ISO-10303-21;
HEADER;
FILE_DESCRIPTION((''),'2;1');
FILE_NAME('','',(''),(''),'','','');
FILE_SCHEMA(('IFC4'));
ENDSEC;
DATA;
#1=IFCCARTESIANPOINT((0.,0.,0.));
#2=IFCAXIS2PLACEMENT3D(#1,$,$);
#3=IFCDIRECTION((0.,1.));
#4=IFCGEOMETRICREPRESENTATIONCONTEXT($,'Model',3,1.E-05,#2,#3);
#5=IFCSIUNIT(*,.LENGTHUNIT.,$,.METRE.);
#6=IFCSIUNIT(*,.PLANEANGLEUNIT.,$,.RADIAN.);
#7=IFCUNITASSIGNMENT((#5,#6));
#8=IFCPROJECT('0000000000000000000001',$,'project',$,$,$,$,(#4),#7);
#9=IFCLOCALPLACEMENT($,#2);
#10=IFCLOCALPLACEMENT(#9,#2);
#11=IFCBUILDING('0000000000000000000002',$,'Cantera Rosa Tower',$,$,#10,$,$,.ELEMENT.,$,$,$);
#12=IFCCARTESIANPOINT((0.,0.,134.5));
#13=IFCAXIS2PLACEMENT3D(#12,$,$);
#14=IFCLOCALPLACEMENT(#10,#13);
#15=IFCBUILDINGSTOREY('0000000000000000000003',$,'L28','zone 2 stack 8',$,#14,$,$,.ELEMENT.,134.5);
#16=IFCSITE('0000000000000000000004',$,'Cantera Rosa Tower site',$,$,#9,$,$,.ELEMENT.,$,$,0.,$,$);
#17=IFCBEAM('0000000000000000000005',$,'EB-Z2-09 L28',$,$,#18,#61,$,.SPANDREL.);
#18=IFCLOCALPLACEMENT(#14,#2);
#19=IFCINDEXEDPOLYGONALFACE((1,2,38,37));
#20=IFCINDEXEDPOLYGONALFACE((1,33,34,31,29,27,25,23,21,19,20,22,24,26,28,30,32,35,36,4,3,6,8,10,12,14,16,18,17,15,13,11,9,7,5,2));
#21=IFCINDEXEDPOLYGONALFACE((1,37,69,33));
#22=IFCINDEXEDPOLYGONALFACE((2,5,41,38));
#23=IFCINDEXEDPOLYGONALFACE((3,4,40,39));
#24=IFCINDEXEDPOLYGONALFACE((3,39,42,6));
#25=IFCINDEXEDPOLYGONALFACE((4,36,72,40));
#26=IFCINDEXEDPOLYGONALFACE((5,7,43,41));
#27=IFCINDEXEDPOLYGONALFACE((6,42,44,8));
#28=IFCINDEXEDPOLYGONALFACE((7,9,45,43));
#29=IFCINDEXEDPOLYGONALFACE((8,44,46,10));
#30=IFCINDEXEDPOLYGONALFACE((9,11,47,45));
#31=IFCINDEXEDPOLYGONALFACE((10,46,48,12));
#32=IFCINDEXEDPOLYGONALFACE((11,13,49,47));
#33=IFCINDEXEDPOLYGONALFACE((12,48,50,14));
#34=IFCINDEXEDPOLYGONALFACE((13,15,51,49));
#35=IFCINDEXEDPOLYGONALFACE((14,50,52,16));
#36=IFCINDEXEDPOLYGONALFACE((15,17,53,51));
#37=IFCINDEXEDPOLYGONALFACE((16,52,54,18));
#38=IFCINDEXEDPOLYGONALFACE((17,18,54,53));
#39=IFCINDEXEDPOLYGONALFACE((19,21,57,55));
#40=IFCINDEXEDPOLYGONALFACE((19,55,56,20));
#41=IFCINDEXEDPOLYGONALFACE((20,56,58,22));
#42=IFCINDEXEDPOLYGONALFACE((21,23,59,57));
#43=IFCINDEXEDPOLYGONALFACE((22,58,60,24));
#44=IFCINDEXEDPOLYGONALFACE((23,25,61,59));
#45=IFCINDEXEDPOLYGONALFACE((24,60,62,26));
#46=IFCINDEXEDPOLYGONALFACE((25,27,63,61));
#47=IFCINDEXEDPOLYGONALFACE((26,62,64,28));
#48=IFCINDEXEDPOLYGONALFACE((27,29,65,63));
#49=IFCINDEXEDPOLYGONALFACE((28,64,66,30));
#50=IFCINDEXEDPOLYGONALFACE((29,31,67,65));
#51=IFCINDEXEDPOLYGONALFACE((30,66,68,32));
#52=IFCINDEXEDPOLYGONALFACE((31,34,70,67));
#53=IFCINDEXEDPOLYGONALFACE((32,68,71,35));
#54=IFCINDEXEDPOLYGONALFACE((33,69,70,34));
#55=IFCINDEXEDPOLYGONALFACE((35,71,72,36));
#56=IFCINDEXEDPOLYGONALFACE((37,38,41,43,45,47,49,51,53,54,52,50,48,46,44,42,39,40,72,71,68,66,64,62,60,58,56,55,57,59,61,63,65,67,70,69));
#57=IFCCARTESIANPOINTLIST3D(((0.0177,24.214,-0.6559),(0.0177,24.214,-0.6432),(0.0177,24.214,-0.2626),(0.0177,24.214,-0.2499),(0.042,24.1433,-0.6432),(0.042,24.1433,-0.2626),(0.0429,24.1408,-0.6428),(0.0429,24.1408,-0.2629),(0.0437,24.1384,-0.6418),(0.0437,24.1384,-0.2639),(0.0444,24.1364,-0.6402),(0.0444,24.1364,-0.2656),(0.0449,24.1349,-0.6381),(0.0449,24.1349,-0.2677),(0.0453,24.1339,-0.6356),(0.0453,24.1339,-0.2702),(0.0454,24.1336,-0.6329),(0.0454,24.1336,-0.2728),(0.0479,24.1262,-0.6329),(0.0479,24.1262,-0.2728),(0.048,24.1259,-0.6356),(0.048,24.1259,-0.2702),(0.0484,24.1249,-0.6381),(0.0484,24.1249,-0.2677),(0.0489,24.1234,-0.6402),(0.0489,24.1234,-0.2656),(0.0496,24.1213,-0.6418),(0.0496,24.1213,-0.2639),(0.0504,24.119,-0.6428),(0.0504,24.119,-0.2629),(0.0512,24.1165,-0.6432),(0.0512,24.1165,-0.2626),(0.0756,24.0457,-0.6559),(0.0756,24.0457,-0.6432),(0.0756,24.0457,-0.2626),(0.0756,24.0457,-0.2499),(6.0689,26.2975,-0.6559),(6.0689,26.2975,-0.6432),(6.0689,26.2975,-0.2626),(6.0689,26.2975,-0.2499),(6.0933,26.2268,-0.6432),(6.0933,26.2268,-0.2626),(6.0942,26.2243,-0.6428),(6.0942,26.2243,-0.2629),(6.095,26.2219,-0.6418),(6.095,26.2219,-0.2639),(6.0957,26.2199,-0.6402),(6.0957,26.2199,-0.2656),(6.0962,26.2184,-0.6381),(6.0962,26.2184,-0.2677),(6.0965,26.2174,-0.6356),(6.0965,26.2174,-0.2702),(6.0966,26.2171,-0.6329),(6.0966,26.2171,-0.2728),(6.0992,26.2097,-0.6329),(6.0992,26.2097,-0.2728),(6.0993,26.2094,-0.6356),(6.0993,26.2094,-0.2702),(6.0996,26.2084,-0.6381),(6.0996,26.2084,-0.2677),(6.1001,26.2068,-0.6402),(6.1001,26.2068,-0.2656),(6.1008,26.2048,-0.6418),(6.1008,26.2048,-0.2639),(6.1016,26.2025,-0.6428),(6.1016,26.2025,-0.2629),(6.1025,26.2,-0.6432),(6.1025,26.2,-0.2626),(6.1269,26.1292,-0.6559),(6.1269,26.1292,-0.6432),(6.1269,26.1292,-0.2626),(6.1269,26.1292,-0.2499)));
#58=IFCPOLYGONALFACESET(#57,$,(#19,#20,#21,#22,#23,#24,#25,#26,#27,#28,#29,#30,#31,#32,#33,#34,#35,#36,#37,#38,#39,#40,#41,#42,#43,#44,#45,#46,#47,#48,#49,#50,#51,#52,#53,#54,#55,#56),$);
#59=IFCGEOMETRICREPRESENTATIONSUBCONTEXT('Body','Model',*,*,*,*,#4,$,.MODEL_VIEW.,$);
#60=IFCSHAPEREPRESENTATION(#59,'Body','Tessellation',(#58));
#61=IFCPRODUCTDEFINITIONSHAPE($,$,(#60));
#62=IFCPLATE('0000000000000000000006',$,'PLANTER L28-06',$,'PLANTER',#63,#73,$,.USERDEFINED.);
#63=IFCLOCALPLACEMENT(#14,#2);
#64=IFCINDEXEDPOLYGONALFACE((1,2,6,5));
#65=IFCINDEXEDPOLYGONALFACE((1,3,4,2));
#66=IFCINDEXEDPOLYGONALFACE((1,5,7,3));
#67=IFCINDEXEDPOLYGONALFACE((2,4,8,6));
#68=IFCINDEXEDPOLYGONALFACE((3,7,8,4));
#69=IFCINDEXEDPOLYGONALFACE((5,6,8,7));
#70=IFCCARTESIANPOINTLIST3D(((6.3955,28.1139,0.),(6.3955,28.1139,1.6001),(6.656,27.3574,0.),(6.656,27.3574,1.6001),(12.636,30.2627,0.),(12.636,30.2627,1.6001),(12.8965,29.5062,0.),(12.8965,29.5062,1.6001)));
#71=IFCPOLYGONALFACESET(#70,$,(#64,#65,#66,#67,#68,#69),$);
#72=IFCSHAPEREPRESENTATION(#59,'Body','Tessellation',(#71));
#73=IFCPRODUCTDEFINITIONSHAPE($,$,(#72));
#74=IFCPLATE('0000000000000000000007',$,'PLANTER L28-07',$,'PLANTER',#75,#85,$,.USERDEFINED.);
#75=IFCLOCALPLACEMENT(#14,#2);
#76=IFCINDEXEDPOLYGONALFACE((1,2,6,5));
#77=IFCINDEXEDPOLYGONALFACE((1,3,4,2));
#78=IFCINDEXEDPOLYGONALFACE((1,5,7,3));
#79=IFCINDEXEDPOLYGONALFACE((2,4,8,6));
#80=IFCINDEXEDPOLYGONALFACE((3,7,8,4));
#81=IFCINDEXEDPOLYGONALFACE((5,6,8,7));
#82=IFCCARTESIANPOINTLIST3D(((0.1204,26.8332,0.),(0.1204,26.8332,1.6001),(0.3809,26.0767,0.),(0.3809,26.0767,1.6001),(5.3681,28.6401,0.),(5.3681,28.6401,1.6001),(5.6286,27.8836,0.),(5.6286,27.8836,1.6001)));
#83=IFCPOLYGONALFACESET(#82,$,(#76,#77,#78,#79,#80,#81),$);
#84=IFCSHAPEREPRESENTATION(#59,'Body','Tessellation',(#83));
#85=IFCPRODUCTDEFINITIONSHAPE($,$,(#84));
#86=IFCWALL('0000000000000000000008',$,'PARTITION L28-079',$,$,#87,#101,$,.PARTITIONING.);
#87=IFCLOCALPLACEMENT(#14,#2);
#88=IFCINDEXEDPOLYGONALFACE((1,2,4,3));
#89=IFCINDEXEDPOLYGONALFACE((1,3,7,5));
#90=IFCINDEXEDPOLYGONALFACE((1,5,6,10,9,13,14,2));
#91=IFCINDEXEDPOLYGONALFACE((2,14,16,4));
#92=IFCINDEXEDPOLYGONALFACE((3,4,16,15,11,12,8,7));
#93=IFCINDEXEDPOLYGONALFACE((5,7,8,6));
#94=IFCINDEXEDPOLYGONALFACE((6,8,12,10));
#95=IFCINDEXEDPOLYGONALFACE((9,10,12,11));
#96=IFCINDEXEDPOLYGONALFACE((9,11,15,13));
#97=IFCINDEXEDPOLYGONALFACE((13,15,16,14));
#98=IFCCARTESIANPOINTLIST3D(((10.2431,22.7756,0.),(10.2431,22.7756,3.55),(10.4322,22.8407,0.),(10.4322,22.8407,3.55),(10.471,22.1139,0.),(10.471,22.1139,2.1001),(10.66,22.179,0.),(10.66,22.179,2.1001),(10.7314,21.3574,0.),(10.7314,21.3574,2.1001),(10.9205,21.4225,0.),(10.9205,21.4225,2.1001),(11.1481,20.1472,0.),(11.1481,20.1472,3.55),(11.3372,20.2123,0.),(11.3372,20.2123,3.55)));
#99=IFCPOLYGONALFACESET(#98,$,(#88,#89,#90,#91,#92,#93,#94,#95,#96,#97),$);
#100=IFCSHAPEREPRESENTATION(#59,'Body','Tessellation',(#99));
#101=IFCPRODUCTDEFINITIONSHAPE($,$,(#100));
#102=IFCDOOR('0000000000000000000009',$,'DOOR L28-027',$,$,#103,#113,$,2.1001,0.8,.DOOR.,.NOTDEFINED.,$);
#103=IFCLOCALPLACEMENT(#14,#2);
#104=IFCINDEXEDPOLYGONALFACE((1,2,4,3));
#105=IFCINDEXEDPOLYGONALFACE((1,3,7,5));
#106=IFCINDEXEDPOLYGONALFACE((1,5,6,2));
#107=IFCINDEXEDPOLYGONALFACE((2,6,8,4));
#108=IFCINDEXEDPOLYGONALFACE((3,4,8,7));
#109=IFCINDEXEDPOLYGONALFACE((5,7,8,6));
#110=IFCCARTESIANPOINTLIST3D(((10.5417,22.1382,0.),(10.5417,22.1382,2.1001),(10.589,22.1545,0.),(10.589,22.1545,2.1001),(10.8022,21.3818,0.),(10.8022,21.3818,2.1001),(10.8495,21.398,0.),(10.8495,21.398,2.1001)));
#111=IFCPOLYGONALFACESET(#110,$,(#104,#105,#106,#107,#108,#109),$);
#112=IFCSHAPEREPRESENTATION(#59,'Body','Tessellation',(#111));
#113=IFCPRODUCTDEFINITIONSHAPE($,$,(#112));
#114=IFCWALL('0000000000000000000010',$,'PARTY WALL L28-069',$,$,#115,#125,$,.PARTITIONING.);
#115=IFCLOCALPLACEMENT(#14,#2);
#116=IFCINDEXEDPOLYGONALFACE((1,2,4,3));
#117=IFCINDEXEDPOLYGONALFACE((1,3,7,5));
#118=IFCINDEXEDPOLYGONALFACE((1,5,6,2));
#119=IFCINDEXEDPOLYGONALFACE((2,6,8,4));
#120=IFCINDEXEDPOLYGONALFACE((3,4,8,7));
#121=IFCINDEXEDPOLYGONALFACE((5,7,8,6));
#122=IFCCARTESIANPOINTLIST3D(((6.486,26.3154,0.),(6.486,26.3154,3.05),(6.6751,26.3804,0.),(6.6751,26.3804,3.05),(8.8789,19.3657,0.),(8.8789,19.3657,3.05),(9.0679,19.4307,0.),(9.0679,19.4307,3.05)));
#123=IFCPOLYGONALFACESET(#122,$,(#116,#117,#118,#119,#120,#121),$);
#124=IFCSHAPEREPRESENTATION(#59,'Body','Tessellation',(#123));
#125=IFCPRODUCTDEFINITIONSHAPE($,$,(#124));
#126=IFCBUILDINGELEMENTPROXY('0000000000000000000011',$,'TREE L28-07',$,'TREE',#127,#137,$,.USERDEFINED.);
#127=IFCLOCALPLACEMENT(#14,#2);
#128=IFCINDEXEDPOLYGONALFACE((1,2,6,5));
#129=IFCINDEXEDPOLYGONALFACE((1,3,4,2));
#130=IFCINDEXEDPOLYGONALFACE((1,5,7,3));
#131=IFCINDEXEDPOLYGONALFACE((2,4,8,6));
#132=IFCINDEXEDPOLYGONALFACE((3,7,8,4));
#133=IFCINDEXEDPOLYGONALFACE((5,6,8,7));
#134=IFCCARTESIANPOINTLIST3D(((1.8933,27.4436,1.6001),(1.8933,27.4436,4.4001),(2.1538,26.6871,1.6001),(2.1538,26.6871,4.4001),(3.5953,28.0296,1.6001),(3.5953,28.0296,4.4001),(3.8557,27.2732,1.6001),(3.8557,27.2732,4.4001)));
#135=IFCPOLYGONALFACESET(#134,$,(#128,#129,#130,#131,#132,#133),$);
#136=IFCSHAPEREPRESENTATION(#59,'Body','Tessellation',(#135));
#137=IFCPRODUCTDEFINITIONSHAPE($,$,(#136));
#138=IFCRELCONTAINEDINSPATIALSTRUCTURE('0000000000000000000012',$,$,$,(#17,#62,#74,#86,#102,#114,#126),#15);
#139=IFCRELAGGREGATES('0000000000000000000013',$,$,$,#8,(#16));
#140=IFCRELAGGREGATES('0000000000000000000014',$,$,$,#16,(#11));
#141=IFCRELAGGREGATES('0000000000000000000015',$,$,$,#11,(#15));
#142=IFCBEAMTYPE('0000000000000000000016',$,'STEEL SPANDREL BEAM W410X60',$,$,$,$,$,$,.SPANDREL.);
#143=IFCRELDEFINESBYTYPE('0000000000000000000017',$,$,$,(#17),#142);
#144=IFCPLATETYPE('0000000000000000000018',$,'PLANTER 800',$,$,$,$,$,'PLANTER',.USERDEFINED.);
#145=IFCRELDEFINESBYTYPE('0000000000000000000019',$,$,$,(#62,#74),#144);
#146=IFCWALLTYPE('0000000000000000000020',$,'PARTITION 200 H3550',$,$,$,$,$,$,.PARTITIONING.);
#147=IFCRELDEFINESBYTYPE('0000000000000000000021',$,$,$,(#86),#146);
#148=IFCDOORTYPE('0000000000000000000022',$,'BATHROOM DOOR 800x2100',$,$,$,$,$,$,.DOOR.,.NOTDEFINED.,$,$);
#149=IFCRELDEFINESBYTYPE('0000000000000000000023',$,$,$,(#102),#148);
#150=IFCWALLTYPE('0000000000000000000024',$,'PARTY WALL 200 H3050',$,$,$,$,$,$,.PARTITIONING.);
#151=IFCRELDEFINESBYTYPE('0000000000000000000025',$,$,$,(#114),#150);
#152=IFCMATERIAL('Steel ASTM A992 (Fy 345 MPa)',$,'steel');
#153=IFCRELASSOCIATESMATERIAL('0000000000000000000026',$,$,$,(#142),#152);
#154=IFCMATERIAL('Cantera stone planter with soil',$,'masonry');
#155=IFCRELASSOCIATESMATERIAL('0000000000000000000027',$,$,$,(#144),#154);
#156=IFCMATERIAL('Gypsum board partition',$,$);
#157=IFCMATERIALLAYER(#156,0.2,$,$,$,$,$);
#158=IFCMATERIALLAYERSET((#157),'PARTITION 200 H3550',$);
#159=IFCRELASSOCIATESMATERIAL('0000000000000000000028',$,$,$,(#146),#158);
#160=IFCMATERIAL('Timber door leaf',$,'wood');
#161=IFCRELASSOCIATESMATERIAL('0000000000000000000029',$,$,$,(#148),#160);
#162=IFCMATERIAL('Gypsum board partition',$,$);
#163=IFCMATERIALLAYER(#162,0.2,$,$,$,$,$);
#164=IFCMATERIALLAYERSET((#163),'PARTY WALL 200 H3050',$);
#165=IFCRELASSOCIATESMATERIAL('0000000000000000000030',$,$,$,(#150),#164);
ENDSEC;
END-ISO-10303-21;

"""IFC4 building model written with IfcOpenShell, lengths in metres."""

from ifc_helpers import new_model, si_unit, direction, frame, frame_2d, origin, origin_2d, place, context, subcontext, project, spatial, rectangle, i_section, extrude, material, layer, layer_set, material_profile, profile_set, type_object, element, fill, save


model = new_model("IFC4")

# Units and contexts
model_context = context("Model", 3, precision=1e-05, world=origin(), true_north=direction((0.0, 1.0)))
body_context = subcontext(model_context, "Body", "Model", "MODEL_VIEW")
ifc_project = project(units=[si_unit("LENGTHUNIT", "METRE"), si_unit("PLANEANGLEUNIT", "RADIAN")], contexts=[model_context])

# Site, building, storey
site_placement = place(None, origin())
site = spatial("IfcSite", under=ifc_project, at=site_placement, Name="Cantera Rosa Tower site", CompositionType="ELEMENT", RefElevation=0.0)
building_placement = place(site_placement, origin())
building = spatial("IfcBuilding", under=site, at=building_placement, Name="Cantera Rosa Tower", CompositionType="ELEMENT")
storey_placement = place(building_placement, frame((0.0, 0.0, 134.5)))
storey = spatial("IfcBuildingStorey", under=building, at=storey_placement, Name="L28", Description="zone 2 stack 8", CompositionType="ELEMENT", Elevation=134.5)

# Beam
ifc_material_1 = material(Name="Steel ASTM A992 (Fy 345 MPa)", Category="steel")
ifc_material_profile_1 = material_profile(ifc_material_1, i_section(OverallWidth=0.178, OverallDepth=0.406, WebThickness=0.0078, FlangeThickness=0.0127, FilletRadius=0.0103, at=origin_2d()), Name="W410X60")
ifc_profile_set_1 = profile_set([ifc_material_profile_1], Name="Steel ASTM A992 (Fy 345 MPa)")
beam_type_1 = type_object("IfcBeamType", Name="STEEL SPANDREL BEAM W410X60", PredefinedType="SPANDREL", material=ifc_profile_set_1)
beam_1_placement = place(storey_placement, frame((6.0979, 26.2134, -0.4529), z_axis=(-0.945524, -0.325551, 0.0), x_axis=(0.325551, -0.945524, 0.0)))
element("IfcBeam", 1, at=beam_1_placement, inside=storey, type_object=beam_type_1, Name="EB-Z2-09 L28", PredefinedType="SPANDREL", context=body_context, shape_type="SweptSolid", body=[
    extrude(i_section(OverallWidth=0.178, OverallDepth=0.406, WebThickness=0.0078, FlangeThickness=0.0127, FilletRadius=0.0103, at=origin_2d()), origin(), (0.0, 0.0, 1.0), 6.3999),
])

# Plates
ifc_material_2 = material(Name="Cantera stone planter with soil", Category="masonry")
plate_type = type_object("IfcPlateType", Name="PLANTER 800", ElementType="PLANTER", PredefinedType="USERDEFINED", material=ifc_material_2)
plate_1_placement = place(storey_placement, frame((9.646, 28.8101, 0.0), z_axis=(0.0, 0.0, 1.0), x_axis=(-0.945519, -0.325568, 0.0)))
element("IfcPlate", 2, at=plate_1_placement, inside=storey, type_object=plate_type, Name="PLANTER L28-06", ObjectType="PLANTER", PredefinedType="USERDEFINED", context=body_context, shape_type="SweptSolid", body=[
    extrude(rectangle(XDim=6.6001, YDim=0.8, at=origin_2d()), origin(), (0.0, 0.0, 1.0), 1.6001),
])
plate_2_placement = place(storey_placement, frame((2.8745, 27.3584, 0.0), z_axis=(0.0, 0.0, 1.0), x_axis=(-0.945519, -0.325568, 0.0)))
element("IfcPlate", 3, at=plate_2_placement, inside=storey, type_object=plate_type, Name="PLANTER L28-07", ObjectType="PLANTER", PredefinedType="USERDEFINED", context=body_context, shape_type="SweptSolid", body=[
    extrude(rectangle(XDim=5.55, YDim=0.8, at=origin_2d()), origin(), (0.0, 0.0, 1.0), 1.6001),
])

# Wall, opening, door
ifc_material_3 = material(Name="Gypsum board partition")
ifc_layer_1 = layer(ifc_material_3, 0.2)
ifc_layer_set_1 = layer_set([ifc_layer_1], Name="PARTITION 200 H3550")
wall_type_1 = type_object("IfcWallType", Name="PARTITION 200 H3550", PredefinedType="PARTITIONING", material=ifc_layer_set_1)
wall_1_placement = place(storey_placement, frame((10.3376, 22.8081, 0.0), z_axis=(0.0, 0.0, 1.0), x_axis=(0.325566, -0.945519, 0.0)))
wall_1 = element("IfcWall", 4, at=wall_1_placement, inside=storey, type_object=wall_type_1, Name="PARTITION L28-079", PredefinedType="PARTITIONING", context=body_context, shape_type="SweptSolid", body=[
    extrude(rectangle(XDim=2.7798, YDim=0.2, at=frame_2d((1.3899, 0.0))), origin(), (0.0, 0.0, 1.0), 3.55),
])
opening_1_placement = place(wall_1_placement, frame((0.7, 0.0, 0.0)))
opening_1 = element("IfcOpeningElement", 5, at=opening_1_placement, cuts=wall_1, PredefinedType="OPENING", context=body_context, shape_type="SweptSolid", body=[
    extrude(rectangle(XDim=0.8, YDim=2.1001, at=frame_2d((0.3999, 1.05))), frame((0.0, 0.1099, 0.0), z_axis=(0.0, -1.0, 0.0), x_axis=(1.0, 0.0, 0.0)), (0.0, 0.0, 1.0), 0.22),
])
ifc_material_4 = material(Name="Timber door leaf", Category="wood")
door_type_1 = type_object("IfcDoorType", Name="BATHROOM DOOR 800x2100", OperationType="NOTDEFINED", PredefinedType="DOOR", material=ifc_material_4)
door_1_placement = place(opening_1_placement, origin())
door_1 = element("IfcDoor", 6, at=door_1_placement, inside=storey, type_object=door_type_1, Name="DOOR L28-027", OperationType="NOTDEFINED", OverallHeight=2.1001, OverallWidth=0.8, PredefinedType="DOOR", context=body_context, shape_type="SweptSolid", body=[
    extrude(rectangle(XDim=0.8, YDim=2.1001, at=frame_2d((0.3999, 1.05))), frame((0.0, 0.0249, 0.0), z_axis=(0.0, -1.0, 0.0), x_axis=(1.0, 0.0, 0.0)), (0.0, 0.0, 1.0), 0.05),
])
fill(opening_1, door_1)

# Wall
ifc_material_5 = material(Name="Gypsum board partition")
ifc_layer_2 = layer(ifc_material_5, 0.2)
ifc_layer_set_2 = layer_set([ifc_layer_2], Name="PARTY WALL 200 H3050")
wall_type_2 = type_object("IfcWallType", Name="PARTY WALL 200 H3050", PredefinedType="PARTITIONING", material=ifc_layer_set_2)
wall_2_placement = place(storey_placement, frame((6.5806, 26.3479, 0.0), z_axis=(0.0, 0.0, 1.0), x_axis=(0.325549, -0.945525, 0.0)))
element("IfcWall", 7, at=wall_2_placement, inside=storey, type_object=wall_type_2, Name="PARTY WALL L28-069", PredefinedType="PARTITIONING", context=body_context, shape_type="SweptSolid", body=[
    extrude(rectangle(XDim=7.3501, YDim=0.2, at=frame_2d((3.675, 0.0))), origin(), (0.0, 0.0, 1.0), 3.05),
])

# Building element proxy
proxy_placement = place(storey_placement, frame((2.8745, 27.3584, 1.6001), z_axis=(0.0, 0.0, 1.0), x_axis=(-0.945519, -0.325568, 0.0)))
element("IfcBuildingElementProxy", 8, at=proxy_placement, inside=storey, Name="TREE L28-07", ObjectType="TREE", PredefinedType="USERDEFINED", context=body_context, shape_type="SweptSolid", body=[
    extrude(rectangle(XDim=1.8, YDim=0.8, at=origin_2d()), origin(), (0.0, 0.0, 1.0), 2.8),
])

save(model, "model.ifc")
